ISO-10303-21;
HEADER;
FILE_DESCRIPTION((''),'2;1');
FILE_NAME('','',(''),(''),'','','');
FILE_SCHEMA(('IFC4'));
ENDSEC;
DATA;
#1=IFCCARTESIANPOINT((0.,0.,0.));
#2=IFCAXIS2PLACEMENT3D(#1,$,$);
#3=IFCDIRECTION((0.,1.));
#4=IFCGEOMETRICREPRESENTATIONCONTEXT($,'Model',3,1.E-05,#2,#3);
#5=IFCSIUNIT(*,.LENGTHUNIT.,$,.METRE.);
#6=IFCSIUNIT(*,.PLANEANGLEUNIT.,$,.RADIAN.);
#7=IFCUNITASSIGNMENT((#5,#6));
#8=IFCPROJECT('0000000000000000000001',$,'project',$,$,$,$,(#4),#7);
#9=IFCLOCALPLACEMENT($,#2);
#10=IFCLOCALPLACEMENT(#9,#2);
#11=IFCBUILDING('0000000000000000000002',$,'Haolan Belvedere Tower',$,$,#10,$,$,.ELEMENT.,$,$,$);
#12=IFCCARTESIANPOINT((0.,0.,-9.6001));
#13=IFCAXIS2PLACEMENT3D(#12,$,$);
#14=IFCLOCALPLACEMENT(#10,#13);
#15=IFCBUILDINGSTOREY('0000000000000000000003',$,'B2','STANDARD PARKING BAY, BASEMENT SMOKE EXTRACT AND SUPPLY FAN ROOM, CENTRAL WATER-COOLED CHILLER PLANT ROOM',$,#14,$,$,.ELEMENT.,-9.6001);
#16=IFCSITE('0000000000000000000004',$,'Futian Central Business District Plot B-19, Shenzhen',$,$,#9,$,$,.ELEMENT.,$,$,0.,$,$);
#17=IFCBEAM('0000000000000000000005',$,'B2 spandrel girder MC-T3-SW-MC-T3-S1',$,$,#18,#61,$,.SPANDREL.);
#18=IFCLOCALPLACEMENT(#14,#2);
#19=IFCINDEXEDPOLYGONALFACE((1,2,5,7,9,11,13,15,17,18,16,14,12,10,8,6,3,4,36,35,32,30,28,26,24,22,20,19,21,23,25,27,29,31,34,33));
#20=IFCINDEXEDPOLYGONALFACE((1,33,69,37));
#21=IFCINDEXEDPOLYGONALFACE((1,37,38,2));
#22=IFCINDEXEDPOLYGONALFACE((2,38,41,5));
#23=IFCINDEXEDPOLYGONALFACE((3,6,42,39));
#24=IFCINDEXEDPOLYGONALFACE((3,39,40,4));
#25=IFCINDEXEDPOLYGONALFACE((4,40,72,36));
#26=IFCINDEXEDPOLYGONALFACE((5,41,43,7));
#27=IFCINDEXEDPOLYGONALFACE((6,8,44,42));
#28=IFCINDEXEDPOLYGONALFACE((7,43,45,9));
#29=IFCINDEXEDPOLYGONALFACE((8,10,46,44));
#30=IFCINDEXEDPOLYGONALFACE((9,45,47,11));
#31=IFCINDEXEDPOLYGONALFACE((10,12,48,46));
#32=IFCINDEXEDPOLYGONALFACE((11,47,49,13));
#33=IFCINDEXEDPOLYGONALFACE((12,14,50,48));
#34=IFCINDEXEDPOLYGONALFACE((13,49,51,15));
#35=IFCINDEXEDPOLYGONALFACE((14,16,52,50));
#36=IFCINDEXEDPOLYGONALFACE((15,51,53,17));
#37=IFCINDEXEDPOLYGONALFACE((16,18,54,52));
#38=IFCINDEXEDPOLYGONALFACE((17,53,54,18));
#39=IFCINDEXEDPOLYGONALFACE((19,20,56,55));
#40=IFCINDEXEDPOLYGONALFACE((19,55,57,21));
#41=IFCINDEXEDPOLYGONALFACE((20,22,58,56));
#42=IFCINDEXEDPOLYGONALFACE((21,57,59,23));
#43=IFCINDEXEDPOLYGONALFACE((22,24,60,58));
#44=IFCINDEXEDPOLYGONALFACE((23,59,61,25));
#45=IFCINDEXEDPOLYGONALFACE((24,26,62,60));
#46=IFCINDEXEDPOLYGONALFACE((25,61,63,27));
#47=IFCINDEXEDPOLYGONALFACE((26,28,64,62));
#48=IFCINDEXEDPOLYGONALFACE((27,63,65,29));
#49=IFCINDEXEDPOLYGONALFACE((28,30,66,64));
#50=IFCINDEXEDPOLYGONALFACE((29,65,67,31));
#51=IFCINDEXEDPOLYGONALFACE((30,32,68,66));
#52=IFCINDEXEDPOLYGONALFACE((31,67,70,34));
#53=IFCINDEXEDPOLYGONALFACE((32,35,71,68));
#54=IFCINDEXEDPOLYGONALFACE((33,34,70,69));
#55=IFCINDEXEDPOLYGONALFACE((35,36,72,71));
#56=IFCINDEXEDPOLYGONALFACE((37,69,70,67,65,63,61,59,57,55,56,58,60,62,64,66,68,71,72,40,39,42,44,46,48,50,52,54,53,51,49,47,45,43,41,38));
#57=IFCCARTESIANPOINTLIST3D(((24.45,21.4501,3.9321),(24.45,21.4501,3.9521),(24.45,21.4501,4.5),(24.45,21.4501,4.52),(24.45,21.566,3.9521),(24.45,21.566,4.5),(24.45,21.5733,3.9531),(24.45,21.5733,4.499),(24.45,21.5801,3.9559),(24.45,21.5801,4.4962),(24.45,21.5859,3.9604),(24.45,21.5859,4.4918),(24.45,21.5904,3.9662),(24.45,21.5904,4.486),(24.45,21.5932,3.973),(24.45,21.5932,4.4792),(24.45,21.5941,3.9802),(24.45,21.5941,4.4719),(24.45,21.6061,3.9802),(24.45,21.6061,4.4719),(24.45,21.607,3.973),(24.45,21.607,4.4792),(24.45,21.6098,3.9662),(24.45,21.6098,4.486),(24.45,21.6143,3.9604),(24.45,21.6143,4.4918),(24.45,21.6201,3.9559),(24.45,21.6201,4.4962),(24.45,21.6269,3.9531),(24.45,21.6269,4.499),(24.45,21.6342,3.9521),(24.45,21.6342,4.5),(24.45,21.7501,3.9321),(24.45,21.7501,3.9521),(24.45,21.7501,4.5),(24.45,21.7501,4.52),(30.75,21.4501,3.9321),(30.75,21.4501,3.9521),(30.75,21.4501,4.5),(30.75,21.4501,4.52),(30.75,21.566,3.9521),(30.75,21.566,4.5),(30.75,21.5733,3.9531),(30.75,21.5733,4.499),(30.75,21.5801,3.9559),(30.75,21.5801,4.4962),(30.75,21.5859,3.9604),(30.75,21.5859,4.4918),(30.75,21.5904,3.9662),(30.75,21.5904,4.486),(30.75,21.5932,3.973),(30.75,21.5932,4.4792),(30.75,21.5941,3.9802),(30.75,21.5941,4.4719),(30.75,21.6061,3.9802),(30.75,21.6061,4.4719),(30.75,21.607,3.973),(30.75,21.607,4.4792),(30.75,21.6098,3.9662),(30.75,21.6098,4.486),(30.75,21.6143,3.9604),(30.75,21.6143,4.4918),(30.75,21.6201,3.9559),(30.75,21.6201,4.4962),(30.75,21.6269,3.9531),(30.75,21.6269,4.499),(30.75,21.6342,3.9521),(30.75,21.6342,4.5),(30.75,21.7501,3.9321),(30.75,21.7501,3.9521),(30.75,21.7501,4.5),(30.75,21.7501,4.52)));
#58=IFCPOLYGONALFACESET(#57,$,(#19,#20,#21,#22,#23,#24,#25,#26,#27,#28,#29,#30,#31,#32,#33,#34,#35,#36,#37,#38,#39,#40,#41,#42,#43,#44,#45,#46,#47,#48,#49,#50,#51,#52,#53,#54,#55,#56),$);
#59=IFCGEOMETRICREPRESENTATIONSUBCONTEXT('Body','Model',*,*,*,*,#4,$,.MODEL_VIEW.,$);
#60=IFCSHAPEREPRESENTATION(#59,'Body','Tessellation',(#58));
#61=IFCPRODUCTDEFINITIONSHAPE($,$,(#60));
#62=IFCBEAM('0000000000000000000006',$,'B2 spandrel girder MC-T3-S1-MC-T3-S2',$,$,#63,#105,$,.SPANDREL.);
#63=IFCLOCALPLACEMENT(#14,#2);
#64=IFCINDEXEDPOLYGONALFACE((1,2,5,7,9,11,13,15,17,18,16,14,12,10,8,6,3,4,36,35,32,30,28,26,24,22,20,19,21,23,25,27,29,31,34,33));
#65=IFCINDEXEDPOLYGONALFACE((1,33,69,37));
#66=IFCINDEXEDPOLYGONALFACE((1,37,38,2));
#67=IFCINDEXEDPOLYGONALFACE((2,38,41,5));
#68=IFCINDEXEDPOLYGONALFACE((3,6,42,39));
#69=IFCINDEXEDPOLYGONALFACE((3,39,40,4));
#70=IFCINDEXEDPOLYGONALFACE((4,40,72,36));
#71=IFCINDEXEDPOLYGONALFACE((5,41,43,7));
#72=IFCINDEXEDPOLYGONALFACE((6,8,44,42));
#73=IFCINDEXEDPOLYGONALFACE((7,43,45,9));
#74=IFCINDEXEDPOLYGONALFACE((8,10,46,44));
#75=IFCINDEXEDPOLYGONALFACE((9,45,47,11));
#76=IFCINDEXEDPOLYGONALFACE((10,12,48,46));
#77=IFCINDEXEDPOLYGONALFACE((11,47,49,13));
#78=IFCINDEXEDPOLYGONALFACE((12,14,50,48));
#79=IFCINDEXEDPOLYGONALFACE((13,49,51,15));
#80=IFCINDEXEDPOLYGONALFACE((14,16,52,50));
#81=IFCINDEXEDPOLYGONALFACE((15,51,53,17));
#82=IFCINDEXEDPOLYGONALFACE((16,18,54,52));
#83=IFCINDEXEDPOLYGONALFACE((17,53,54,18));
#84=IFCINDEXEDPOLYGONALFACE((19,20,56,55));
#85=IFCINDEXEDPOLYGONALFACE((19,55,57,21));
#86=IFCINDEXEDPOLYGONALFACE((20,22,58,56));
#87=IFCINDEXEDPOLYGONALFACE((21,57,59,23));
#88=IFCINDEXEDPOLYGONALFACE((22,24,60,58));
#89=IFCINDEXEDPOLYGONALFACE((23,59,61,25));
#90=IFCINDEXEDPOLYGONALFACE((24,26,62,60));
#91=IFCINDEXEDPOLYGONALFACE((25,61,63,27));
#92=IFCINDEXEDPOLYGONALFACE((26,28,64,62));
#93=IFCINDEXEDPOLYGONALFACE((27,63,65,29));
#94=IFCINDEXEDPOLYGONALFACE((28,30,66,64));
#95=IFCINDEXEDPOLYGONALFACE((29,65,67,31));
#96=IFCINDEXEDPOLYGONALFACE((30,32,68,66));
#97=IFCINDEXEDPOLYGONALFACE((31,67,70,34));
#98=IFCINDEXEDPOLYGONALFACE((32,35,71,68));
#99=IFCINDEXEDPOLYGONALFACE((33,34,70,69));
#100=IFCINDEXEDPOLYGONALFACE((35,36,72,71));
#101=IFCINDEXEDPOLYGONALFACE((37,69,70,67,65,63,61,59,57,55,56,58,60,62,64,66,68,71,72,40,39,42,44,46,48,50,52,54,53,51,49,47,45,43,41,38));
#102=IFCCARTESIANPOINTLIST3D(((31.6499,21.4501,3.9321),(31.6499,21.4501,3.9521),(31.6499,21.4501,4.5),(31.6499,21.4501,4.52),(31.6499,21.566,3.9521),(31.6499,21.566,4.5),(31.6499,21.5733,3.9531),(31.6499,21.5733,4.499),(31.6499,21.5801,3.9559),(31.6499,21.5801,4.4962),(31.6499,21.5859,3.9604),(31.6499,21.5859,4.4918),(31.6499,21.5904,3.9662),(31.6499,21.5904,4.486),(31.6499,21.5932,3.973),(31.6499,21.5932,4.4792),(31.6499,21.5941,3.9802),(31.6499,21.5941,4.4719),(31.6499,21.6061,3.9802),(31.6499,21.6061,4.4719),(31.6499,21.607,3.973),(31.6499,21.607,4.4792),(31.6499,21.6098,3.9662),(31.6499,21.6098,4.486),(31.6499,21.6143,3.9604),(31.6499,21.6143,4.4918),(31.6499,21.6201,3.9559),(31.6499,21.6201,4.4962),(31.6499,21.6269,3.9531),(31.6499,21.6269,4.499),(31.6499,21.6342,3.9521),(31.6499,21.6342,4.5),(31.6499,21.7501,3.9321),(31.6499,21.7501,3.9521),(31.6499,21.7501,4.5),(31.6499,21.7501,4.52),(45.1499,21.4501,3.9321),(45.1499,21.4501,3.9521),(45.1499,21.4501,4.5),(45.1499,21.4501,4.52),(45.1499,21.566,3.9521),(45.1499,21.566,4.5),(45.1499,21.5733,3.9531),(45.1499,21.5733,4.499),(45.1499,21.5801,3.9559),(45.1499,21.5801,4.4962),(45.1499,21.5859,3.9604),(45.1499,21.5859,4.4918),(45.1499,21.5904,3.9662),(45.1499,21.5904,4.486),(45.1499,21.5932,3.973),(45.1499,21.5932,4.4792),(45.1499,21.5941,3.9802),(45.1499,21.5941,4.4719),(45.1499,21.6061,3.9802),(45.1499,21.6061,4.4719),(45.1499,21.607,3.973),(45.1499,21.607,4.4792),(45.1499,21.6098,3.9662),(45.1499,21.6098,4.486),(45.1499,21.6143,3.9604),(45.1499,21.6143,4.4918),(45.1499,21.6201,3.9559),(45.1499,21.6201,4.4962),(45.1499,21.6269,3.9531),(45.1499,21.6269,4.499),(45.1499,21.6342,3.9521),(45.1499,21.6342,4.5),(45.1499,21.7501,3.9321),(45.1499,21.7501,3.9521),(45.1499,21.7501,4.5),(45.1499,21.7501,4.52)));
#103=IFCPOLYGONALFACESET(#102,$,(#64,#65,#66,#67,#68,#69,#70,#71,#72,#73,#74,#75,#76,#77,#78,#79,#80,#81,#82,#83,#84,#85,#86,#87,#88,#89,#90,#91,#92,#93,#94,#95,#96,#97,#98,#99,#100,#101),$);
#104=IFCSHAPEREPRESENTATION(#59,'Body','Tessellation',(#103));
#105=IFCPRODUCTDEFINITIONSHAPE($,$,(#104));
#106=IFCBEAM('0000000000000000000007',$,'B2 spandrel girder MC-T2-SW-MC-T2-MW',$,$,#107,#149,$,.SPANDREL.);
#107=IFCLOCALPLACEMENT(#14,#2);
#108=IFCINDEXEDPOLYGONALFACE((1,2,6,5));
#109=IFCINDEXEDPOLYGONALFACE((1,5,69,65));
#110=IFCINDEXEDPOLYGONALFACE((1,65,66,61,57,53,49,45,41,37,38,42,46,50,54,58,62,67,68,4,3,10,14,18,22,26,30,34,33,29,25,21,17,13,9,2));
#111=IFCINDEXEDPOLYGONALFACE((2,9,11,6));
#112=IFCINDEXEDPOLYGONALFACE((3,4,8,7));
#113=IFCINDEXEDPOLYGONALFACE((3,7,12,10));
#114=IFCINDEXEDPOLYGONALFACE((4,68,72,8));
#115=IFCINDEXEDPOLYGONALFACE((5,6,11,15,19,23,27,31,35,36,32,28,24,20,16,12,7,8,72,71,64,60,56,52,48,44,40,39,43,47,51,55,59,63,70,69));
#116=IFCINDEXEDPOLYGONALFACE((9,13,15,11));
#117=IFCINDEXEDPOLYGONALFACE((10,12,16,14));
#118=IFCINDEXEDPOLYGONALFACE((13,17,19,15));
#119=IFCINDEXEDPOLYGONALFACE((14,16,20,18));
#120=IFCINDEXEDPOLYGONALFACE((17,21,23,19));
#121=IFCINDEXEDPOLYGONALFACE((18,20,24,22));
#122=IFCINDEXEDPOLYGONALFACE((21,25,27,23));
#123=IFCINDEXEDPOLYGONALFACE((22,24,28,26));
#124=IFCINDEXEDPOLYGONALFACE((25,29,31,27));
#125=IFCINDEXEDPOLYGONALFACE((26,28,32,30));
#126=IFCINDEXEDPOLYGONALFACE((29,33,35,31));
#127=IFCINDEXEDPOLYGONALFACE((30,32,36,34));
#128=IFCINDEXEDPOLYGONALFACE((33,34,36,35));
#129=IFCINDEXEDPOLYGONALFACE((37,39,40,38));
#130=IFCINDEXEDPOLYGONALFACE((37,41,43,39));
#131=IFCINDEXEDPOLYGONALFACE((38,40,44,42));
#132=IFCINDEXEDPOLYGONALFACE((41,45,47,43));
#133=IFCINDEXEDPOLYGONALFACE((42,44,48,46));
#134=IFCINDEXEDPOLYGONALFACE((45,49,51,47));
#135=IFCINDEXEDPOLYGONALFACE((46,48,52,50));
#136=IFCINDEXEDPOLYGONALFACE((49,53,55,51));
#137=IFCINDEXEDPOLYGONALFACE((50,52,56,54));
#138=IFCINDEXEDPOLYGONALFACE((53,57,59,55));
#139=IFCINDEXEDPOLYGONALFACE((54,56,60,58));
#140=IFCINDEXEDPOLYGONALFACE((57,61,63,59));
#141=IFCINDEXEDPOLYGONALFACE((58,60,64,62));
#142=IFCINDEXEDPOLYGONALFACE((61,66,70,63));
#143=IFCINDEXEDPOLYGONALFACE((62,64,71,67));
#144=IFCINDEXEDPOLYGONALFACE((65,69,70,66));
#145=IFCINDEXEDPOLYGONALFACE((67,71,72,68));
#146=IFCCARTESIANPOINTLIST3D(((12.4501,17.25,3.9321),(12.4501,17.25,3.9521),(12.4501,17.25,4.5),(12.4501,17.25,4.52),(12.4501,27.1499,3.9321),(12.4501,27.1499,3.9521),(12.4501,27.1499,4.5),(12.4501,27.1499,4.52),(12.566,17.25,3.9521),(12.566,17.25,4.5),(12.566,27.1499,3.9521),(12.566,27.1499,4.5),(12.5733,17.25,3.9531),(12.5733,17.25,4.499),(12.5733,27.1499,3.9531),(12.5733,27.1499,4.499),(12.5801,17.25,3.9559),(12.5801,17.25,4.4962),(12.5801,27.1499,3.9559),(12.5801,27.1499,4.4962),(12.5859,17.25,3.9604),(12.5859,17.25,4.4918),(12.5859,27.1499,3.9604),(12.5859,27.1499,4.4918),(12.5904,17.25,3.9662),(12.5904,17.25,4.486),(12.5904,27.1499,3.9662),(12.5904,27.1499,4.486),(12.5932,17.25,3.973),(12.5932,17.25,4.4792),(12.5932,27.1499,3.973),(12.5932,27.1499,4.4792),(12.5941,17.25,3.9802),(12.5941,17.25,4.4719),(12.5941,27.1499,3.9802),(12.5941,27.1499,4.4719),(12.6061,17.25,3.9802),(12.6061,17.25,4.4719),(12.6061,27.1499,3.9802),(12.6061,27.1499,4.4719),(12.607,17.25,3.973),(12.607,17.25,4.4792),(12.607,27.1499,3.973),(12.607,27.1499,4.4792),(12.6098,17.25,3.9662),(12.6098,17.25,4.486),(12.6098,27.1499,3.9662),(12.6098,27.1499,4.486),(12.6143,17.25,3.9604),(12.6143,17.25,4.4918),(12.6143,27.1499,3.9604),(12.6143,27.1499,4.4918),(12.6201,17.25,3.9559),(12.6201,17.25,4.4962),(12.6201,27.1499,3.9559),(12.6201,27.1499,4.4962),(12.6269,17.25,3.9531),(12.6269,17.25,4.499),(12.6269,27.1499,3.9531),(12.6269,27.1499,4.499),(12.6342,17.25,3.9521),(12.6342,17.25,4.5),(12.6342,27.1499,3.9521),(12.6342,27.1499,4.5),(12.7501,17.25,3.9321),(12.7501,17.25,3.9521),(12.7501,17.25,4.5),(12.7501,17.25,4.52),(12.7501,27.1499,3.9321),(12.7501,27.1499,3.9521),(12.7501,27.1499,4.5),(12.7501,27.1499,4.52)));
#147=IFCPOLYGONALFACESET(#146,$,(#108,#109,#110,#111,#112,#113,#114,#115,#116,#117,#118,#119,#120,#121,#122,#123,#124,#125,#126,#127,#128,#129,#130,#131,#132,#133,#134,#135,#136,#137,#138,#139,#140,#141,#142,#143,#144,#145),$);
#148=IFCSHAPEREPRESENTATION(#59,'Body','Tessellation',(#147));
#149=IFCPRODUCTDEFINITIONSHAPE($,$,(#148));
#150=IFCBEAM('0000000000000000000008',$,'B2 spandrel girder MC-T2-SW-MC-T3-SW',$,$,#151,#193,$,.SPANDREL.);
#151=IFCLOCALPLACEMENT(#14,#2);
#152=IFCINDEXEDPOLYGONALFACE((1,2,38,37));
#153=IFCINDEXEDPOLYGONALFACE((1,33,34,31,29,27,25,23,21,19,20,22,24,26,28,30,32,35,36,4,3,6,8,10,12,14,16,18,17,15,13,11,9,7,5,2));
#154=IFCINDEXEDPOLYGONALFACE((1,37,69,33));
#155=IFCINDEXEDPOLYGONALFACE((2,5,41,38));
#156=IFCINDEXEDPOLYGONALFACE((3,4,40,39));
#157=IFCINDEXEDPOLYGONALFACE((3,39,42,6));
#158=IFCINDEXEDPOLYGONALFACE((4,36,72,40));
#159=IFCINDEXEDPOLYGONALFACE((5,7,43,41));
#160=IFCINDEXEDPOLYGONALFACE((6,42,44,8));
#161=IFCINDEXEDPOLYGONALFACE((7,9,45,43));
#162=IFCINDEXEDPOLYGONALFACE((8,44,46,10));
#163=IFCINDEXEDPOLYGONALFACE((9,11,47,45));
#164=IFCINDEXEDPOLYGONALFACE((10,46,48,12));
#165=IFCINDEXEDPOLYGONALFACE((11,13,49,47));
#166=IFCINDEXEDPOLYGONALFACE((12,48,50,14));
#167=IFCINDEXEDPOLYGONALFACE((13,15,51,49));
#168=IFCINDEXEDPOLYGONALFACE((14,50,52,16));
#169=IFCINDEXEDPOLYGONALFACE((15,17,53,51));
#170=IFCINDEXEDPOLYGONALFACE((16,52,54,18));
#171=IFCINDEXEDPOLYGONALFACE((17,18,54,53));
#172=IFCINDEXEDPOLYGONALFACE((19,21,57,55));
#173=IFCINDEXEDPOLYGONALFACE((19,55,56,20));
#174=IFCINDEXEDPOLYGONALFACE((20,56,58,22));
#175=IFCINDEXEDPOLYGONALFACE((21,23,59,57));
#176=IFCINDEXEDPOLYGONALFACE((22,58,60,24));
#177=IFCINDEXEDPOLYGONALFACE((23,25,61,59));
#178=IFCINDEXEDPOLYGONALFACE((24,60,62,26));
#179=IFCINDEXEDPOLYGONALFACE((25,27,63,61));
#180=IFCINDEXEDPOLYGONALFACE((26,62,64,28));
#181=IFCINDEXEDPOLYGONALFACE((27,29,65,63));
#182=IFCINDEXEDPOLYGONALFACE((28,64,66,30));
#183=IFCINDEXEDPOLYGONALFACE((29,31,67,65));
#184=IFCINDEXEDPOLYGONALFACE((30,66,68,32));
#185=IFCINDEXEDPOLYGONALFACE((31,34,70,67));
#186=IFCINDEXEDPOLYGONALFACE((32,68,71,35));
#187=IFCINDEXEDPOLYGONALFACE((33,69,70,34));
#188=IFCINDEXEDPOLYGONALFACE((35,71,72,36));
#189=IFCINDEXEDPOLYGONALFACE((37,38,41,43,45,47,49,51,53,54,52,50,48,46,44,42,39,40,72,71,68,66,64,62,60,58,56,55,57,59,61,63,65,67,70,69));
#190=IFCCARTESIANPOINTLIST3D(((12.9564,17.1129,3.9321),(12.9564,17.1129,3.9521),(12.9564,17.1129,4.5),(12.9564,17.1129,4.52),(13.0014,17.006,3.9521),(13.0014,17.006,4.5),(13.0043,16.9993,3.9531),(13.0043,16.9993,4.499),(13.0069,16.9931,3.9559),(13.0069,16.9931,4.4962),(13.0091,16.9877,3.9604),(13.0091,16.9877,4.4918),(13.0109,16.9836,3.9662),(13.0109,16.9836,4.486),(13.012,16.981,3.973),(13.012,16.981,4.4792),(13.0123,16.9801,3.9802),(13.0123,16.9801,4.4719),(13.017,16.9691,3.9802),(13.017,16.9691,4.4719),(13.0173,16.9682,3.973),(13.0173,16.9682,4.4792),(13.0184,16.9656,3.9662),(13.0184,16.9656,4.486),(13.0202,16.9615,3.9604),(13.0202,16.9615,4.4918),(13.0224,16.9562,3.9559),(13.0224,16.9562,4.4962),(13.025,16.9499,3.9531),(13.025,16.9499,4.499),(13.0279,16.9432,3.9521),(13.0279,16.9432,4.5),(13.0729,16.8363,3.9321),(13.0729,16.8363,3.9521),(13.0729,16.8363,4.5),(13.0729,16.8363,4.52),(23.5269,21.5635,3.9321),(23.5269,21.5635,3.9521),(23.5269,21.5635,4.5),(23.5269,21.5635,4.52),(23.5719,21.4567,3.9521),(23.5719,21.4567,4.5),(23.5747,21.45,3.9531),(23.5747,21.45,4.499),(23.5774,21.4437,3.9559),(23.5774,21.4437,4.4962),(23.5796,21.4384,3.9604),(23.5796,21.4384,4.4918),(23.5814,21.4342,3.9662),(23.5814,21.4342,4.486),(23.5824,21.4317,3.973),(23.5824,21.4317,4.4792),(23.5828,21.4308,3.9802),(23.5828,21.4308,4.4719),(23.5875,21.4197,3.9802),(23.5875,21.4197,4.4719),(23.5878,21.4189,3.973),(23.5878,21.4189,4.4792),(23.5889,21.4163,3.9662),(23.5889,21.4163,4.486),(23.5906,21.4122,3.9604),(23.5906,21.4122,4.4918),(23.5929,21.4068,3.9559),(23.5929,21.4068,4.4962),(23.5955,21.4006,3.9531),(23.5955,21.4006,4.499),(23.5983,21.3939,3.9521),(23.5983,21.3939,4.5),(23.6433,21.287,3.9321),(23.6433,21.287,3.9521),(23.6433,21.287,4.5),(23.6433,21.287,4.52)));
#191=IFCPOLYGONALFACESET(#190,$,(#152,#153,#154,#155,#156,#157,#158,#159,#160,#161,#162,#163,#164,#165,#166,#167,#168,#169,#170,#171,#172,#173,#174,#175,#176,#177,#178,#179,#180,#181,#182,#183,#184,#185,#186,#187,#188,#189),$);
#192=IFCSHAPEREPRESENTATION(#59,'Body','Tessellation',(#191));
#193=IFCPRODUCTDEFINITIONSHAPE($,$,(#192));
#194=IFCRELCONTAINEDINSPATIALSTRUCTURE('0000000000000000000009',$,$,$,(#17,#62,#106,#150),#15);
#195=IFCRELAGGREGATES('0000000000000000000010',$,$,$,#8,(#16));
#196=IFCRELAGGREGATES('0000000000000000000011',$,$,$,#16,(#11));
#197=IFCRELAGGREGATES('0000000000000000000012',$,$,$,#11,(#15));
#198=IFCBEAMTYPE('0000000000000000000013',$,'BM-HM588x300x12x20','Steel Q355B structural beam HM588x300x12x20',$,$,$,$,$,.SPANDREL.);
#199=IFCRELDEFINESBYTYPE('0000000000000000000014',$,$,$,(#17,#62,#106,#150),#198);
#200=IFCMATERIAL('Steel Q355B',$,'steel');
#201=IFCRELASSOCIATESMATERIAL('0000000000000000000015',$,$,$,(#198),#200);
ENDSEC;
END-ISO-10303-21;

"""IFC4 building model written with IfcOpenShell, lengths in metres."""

from ifc_helpers import new_model, si_unit, direction, frame, origin, origin_2d, place, context, subcontext, project, spatial, i_section, extrude, material, material_profile, profile_set, type_object, element, save


model = new_model("IFC4")

# Units and contexts
model_context = context("Model", 3, precision=1e-05, world=origin(), true_north=direction((0.0, 1.0)))
body_context = subcontext(model_context, "Body", "Model", "MODEL_VIEW")
ifc_project = project(units=[si_unit("LENGTHUNIT", "METRE"), si_unit("PLANEANGLEUNIT", "RADIAN")], contexts=[model_context])

# Site, building, storey
site_placement = place(None, origin())
site = spatial("IfcSite", under=ifc_project, at=site_placement, Name="Futian Central Business District Plot B-19, Shenzhen", CompositionType="ELEMENT", RefElevation=0.0)
building_placement = place(site_placement, origin())
building = spatial("IfcBuilding", under=site, at=building_placement, Name="Haolan Belvedere Tower", CompositionType="ELEMENT")
storey_placement = place(building_placement, frame((0.0, 0.0, -9.6001)))
storey = spatial("IfcBuildingStorey", under=building, at=storey_placement, Name="B2", Description="STANDARD PARKING BAY, BASEMENT SMOKE EXTRACT AND SUPPLY FAN ROOM, CENTRAL WATER-COOLED CHILLER PLANT ROOM", CompositionType="ELEMENT", Elevation=-9.6001)

# Shared definitions
ifc_material_1 = material(Name="Steel Q355B", Category="steel")

# Beams
ifc_material_profile_1 = material_profile(ifc_material_1, i_section(OverallWidth=0.3, OverallDepth=0.5879, WebThickness=0.012, FlangeThickness=0.02, FilletRadius=0.0281, at=origin_2d()), Name="Steel Q355B")
ifc_profile_set_1 = profile_set([ifc_material_profile_1], Name="Steel Q355B")
beam_type = type_object("IfcBeamType", Name="BM-HM588x300x12x20", Description="Steel Q355B structural beam HM588x300x12x20", PredefinedType="SPANDREL", material=ifc_profile_set_1)
beam_1_placement = place(storey_placement, frame((24.45, 21.6001, 4.2261), z_axis=(1.0, 0.0, 0.0), x_axis=(0.0, 1.0, 0.0)))
element("IfcBeam", 1, at=beam_1_placement, inside=storey, type_object=beam_type, Name="B2 spandrel girder MC-T3-SW-MC-T3-S1", PredefinedType="SPANDREL", context=body_context, shape_type="SweptSolid", body=[
    extrude(i_section(OverallWidth=0.3, OverallDepth=0.5879, WebThickness=0.012, FlangeThickness=0.02, FilletRadius=0.0281, at=origin_2d()), origin(), (0.0, 0.0, 1.0), 6.3),
])
beam_2_placement = place(storey_placement, frame((31.6499, 21.6001, 4.2261), z_axis=(1.0, 0.0, 0.0), x_axis=(0.0, 1.0, 0.0)))
element("IfcBeam", 2, at=beam_2_placement, inside=storey, type_object=beam_type, Name="B2 spandrel girder MC-T3-S1-MC-T3-S2", PredefinedType="SPANDREL", context=body_context, shape_type="SweptSolid", body=[
    extrude(i_section(OverallWidth=0.3, OverallDepth=0.5879, WebThickness=0.012, FlangeThickness=0.02, FilletRadius=0.0281, at=origin_2d()), origin(), (0.0, 0.0, 1.0), 13.5),
])
beam_3_placement = place(storey_placement, frame((12.6001, 17.25, 4.2261), z_axis=(0.0, 1.0, 0.0), x_axis=(-1.0, 0.0, 0.0)))
element("IfcBeam", 3, at=beam_3_placement, inside=storey, type_object=beam_type, Name="B2 spandrel girder MC-T2-SW-MC-T2-MW", PredefinedType="SPANDREL", context=body_context, shape_type="SweptSolid", body=[
    extrude(i_section(OverallWidth=0.3, OverallDepth=0.5879, WebThickness=0.012, FlangeThickness=0.02, FilletRadius=0.0281, at=origin_2d()), origin(), (0.0, 0.0, 1.0), 9.8999),
])
beam_4_placement = place(storey_placement, frame((13.0146, 16.9746, 4.2261), z_axis=(0.921638, 0.388051, 0.0), x_axis=(-0.388051, 0.921638, 0.0)))
element("IfcBeam", 4, at=beam_4_placement, inside=storey, type_object=beam_type, Name="B2 spandrel girder MC-T2-SW-MC-T3-SW", PredefinedType="SPANDREL", context=body_context, shape_type="SweptSolid", body=[
    extrude(i_section(OverallWidth=0.3, OverallDepth=0.5879, WebThickness=0.012, FlangeThickness=0.02, FilletRadius=0.0281, at=origin_2d()), origin(), (0.0, 0.0, 1.0), 11.4692),
])

save(model, "model.ifc")
